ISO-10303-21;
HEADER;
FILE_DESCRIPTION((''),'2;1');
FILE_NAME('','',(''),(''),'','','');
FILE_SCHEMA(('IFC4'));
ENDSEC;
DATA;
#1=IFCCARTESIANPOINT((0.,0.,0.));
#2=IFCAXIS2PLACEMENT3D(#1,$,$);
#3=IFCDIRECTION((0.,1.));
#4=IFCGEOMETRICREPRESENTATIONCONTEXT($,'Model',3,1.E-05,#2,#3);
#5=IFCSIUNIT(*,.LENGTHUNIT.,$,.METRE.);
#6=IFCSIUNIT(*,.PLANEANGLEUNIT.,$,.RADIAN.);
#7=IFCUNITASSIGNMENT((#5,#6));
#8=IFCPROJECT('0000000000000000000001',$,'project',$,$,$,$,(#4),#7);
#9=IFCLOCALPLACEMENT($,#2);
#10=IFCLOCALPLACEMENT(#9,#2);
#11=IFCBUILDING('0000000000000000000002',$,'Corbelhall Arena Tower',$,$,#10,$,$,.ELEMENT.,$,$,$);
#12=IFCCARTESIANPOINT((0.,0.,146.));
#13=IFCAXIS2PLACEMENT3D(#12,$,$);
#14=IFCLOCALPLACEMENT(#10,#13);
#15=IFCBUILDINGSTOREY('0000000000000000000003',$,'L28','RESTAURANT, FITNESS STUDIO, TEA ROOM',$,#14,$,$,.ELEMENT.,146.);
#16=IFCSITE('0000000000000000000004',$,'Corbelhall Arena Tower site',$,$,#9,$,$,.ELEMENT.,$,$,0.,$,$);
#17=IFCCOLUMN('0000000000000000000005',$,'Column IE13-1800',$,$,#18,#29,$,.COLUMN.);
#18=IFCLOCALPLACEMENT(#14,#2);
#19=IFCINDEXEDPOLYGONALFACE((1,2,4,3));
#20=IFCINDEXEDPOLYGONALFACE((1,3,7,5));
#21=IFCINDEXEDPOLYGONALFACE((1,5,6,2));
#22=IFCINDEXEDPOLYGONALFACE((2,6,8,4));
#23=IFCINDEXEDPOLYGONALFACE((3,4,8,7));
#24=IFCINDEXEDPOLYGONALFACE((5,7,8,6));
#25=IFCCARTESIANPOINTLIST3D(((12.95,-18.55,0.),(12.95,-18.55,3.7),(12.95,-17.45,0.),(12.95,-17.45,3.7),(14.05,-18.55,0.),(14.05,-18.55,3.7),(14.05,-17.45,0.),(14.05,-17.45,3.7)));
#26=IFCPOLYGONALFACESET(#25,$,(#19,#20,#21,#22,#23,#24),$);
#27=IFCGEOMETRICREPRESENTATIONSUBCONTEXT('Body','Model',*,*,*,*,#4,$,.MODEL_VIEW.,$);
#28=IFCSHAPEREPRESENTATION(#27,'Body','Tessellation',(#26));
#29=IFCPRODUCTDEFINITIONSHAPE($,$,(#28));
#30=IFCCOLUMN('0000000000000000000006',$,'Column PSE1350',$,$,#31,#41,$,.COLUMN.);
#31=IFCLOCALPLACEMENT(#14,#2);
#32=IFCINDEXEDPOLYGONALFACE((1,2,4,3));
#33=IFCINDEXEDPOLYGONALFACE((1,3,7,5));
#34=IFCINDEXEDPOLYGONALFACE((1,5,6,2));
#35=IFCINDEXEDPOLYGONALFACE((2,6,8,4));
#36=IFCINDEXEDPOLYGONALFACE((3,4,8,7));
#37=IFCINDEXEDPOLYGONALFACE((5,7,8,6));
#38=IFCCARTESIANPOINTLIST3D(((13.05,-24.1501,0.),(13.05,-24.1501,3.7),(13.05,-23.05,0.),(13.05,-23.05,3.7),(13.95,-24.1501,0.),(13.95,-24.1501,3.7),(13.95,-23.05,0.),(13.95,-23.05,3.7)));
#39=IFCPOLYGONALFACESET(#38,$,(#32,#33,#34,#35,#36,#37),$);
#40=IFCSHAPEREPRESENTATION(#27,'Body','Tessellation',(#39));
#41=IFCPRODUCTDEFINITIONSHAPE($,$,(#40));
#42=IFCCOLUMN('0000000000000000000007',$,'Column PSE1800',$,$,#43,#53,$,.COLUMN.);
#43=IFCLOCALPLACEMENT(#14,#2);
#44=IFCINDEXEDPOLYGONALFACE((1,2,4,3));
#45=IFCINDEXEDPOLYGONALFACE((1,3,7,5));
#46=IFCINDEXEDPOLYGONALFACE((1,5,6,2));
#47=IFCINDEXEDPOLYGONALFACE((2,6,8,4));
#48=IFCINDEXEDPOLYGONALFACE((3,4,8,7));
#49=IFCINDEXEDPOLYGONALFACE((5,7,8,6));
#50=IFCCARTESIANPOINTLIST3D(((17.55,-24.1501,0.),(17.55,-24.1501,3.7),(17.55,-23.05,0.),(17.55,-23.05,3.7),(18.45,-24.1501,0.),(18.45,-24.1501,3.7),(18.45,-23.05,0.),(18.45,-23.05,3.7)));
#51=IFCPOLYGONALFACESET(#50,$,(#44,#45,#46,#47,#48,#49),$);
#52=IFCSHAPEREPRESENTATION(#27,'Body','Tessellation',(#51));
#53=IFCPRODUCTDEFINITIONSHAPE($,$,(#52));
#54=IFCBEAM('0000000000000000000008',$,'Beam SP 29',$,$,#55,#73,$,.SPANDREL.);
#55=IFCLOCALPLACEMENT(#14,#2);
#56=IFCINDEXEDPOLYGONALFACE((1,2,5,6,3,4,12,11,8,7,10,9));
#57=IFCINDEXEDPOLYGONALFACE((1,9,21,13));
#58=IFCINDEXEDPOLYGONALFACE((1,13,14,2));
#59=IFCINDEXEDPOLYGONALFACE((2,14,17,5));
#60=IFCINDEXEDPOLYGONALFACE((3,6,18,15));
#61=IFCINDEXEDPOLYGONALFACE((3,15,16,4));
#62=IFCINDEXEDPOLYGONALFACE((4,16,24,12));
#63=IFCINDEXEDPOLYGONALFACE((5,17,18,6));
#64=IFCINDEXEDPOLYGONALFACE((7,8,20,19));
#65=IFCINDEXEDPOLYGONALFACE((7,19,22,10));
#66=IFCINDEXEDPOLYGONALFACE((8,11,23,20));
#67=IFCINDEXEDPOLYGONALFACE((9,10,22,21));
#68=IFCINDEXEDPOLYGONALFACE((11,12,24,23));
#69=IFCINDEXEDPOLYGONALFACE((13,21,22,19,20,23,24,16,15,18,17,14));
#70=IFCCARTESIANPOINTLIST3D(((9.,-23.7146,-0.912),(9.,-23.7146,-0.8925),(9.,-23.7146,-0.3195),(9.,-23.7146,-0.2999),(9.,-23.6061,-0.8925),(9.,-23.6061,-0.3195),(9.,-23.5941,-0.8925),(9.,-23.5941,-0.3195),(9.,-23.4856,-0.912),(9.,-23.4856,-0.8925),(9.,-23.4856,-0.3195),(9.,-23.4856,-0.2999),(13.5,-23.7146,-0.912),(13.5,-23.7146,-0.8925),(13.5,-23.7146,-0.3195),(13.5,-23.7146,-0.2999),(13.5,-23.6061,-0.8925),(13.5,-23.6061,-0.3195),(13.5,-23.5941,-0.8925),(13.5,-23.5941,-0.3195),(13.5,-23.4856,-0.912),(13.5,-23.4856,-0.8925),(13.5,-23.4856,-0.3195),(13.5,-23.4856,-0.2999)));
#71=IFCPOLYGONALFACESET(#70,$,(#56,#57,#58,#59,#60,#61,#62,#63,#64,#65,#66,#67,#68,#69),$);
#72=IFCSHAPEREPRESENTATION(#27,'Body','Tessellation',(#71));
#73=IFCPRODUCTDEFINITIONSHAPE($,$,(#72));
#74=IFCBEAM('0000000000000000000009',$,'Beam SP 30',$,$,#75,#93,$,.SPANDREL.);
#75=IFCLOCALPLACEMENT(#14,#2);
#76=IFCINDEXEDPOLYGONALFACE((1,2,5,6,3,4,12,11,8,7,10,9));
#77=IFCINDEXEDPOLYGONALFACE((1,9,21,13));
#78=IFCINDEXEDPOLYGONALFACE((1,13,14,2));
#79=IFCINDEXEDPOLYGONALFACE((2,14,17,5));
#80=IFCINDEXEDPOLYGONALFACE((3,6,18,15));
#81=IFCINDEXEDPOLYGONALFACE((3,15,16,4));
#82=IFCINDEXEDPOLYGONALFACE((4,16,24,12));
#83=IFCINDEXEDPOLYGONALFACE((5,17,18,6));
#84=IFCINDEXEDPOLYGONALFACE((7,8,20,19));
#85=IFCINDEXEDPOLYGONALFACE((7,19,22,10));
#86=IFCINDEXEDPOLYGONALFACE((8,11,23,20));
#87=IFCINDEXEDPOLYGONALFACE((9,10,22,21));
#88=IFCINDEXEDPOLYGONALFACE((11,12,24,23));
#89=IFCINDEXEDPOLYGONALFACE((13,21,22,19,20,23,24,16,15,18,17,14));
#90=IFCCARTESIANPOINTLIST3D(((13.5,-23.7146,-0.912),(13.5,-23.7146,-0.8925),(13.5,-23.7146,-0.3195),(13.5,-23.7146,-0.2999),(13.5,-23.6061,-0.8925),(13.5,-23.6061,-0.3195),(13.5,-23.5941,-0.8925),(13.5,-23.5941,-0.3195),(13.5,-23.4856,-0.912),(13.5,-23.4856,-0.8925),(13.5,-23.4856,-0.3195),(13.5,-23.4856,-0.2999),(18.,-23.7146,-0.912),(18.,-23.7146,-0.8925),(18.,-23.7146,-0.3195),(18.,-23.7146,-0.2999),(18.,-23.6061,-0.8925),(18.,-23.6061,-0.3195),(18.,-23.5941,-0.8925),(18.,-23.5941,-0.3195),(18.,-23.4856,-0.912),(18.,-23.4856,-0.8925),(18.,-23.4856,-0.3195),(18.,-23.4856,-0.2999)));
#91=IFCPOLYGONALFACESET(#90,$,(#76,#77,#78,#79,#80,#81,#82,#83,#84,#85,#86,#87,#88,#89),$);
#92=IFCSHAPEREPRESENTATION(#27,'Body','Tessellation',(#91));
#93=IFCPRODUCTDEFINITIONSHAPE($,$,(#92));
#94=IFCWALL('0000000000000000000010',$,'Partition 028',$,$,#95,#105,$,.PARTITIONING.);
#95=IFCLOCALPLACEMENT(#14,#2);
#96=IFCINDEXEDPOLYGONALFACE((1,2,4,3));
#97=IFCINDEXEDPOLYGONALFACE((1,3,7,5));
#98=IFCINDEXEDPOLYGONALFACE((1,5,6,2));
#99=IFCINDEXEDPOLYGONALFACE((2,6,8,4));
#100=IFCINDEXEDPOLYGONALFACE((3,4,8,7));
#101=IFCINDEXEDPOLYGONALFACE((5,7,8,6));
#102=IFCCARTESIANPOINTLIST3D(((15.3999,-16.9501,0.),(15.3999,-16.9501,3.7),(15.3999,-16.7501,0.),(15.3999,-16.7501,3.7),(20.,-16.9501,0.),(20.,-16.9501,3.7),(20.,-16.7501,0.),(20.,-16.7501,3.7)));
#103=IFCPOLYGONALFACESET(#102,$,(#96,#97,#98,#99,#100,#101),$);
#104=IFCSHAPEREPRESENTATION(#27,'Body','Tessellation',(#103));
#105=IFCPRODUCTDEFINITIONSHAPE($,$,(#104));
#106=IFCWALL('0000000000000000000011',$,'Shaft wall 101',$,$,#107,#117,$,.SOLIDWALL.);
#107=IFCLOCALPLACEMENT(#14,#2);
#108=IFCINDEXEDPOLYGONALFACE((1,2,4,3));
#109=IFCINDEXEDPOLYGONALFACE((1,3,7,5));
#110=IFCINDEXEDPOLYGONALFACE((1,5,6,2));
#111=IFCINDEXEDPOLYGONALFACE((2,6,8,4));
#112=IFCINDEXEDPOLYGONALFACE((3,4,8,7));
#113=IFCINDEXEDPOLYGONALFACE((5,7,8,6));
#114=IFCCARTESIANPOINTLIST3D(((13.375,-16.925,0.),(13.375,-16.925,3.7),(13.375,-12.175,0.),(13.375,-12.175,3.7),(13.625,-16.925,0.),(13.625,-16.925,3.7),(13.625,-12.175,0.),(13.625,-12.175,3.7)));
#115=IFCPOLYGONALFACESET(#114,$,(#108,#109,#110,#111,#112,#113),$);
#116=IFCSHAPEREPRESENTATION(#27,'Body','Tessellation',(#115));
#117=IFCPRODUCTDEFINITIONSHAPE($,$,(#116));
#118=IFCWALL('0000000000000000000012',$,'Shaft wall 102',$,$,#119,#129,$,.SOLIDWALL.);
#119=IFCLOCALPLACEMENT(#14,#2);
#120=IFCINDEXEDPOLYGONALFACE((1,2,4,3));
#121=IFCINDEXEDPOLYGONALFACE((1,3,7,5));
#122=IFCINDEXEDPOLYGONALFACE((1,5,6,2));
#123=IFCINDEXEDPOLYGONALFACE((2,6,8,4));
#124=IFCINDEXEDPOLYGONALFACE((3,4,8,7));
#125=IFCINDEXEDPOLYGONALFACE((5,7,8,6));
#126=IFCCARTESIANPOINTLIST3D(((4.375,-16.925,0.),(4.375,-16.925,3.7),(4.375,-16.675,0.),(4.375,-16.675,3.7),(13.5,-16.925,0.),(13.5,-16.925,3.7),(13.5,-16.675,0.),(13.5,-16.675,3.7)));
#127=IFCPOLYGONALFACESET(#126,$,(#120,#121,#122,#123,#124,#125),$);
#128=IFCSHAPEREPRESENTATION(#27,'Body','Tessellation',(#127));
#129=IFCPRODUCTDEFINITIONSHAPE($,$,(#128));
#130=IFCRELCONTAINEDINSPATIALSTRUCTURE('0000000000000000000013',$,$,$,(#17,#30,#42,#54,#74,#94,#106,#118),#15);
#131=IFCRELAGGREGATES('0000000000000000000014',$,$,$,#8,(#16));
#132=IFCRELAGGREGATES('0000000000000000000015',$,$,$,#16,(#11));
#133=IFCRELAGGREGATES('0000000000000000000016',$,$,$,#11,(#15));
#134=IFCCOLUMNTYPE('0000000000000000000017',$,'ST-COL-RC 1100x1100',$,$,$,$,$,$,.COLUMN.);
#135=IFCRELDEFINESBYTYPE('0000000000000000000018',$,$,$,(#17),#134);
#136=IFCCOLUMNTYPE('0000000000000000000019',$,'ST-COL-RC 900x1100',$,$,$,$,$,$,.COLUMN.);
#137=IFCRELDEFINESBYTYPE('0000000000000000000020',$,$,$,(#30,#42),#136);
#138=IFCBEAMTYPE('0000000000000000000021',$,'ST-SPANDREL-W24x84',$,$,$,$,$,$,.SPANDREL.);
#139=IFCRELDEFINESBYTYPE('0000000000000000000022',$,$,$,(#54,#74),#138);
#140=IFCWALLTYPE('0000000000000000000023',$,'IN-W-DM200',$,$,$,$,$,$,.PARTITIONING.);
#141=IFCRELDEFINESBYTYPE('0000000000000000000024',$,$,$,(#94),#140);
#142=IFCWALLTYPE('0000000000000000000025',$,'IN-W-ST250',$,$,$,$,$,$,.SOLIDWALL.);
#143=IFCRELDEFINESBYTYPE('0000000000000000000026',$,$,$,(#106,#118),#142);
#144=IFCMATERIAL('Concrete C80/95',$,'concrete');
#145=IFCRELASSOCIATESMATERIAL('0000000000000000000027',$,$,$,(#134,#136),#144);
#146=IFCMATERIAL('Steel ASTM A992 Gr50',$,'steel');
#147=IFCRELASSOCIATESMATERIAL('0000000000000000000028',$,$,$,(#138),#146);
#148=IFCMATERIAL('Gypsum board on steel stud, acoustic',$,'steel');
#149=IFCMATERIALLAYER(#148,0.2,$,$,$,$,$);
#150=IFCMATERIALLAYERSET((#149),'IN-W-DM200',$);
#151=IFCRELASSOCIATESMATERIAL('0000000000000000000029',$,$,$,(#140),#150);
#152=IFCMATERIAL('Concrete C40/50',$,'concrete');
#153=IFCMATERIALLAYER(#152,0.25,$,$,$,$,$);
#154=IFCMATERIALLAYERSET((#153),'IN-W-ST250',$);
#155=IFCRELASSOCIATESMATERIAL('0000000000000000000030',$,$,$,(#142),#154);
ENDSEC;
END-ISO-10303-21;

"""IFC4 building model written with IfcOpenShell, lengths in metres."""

from ifc_helpers import new_model, si_unit, direction, frame, frame_2d, origin, origin_2d, place, context, subcontext, project, spatial, rectangle, i_section, extrude, material, layer, layer_set, material_profile, profile_set, type_object, element, save


model = new_model("IFC4")

# Units and contexts
model_context = context("Model", 3, precision=1e-05, world=origin(), true_north=direction((0.0, 1.0)))
body_context = subcontext(model_context, "Body", "Model", "MODEL_VIEW")
ifc_project = project(units=[si_unit("LENGTHUNIT", "METRE"), si_unit("PLANEANGLEUNIT", "RADIAN")], contexts=[model_context])

# Site, building, storey
site_placement = place(None, origin())
site = spatial("IfcSite", under=ifc_project, at=site_placement, Name="Corbelhall Arena Tower site", CompositionType="ELEMENT", RefElevation=0.0)
building_placement = place(site_placement, origin())
building = spatial("IfcBuilding", under=site, at=building_placement, Name="Corbelhall Arena Tower", CompositionType="ELEMENT")
storey_placement = place(building_placement, frame((0.0, 0.0, 146.0)))
storey = spatial("IfcBuildingStorey", under=building, at=storey_placement, Name="L28", Description="RESTAURANT, FITNESS STUDIO, TEA ROOM", CompositionType="ELEMENT", Elevation=146.0)

# Columns
ifc_material_1 = material(Name="Concrete C80/95", Category="concrete")
ifc_material_profile_1 = material_profile(ifc_material_1, rectangle(XDim=1.1001, YDim=1.1001, at=origin_2d()))
ifc_profile_set_1 = profile_set([ifc_material_profile_1], Name="Concrete C80/95")
column_type_1 = type_object("IfcColumnType", Name="ST-COL-RC 1100x1100", PredefinedType="COLUMN", material=ifc_profile_set_1)
column_placement = place(storey_placement, frame((13.5, -18.0, 0.0), z_axis=(0.0, 0.0, 1.0), x_axis=(1.0, 0.0, 0.0)))
element("IfcColumn", 1, at=column_placement, inside=storey, type_object=column_type_1, Name="Column IE13-1800", PredefinedType="COLUMN", context=body_context, shape_type="SweptSolid", body=[
    extrude(rectangle(XDim=1.1001, YDim=1.1001, at=origin_2d()), origin(), (0.0, 0.0, 1.0), 3.7),
])
ifc_material_profile_2 = material_profile(ifc_material_1, rectangle(XDim=0.8999, YDim=1.1001, at=origin_2d()))
ifc_profile_set_2 = profile_set([ifc_material_profile_2], Name="Concrete C80/95")
column_type_2 = type_object("IfcColumnType", Name="ST-COL-RC 900x1100", PredefinedType="COLUMN", material=ifc_profile_set_2)
for number, where, z_axis, x_axis, name in (
    (2, (13.5, -23.6001, 0.0), (0.0, 0.0, 1.0), (1.0, 0.0, 0.0), "Column PSE1350"),
    (3, (18.0, -23.6001, 0.0), (0.0, 0.0, 1.0), (1.0, 0.0, 0.0), "Column PSE1800"),
):
    element("IfcColumn", number, at=place(storey_placement, frame(where, z_axis=z_axis, x_axis=x_axis)), inside=storey, type_object=column_type_2, Name=name, PredefinedType="COLUMN", context=body_context, shape_type="SweptSolid", body=[
        extrude(rectangle(XDim=0.8999, YDim=1.1001, at=origin_2d()), origin(), (0.0, 0.0, 1.0), 3.7),
    ])

# Beams
ifc_material_2 = material(Name="Steel ASTM A992 Gr50", Category="steel")
ifc_material_profile_3 = material_profile(ifc_material_2, i_section(OverallWidth=0.229, OverallDepth=0.6121, WebThickness=0.012, FlangeThickness=0.0195, at=origin_2d()))
ifc_profile_set_3 = profile_set([ifc_material_profile_3], Name="Steel ASTM A992 Gr50")
beam_type = type_object("IfcBeamType", Name="ST-SPANDREL-W24x84", PredefinedType="SPANDREL", material=ifc_profile_set_3)
for number, where, z_axis, x_axis, name in (
    (4, (13.5, -23.6001, -0.606), (-1.0, 0.0, 0.0), (0.0, -1.0, 0.0), "Beam SP 29"),
    (5, (18.0, -23.6001, -0.606), (-1.0, 0.0, 0.0), (0.0, -1.0, 0.0), "Beam SP 30"),
):
    element("IfcBeam", number, at=place(storey_placement, frame(where, z_axis=z_axis, x_axis=x_axis)), inside=storey, type_object=beam_type, Name=name, PredefinedType="SPANDREL", context=body_context, shape_type="SweptSolid", body=[
        extrude(i_section(OverallWidth=0.229, OverallDepth=0.6121, WebThickness=0.012, FlangeThickness=0.0195, at=origin_2d()), origin(), (0.0, 0.0, 1.0), 4.5),
    ])

# Shared definitions
ifc_material_3 = material(Name="Gypsum board on steel stud, acoustic", Category="steel")
ifc_layer_1 = layer(ifc_material_3, 0.2)
ifc_layer_set_1 = layer_set([ifc_layer_1], Name="IN-W-DM200")
wall_type_1 = type_object("IfcWallType", Name="IN-W-DM200", PredefinedType="PARTITIONING", material=ifc_layer_set_1)

# Walls
wall_1_placement = place(storey_placement, frame((15.3999, -16.8501, 0.0), z_axis=(0.0, 0.0, 1.0), x_axis=(1.0, 0.0, 0.0)))
element("IfcWall", 6, at=wall_1_placement, inside=storey, type_object=wall_type_1, Name="Partition 028", PredefinedType="PARTITIONING", context=body_context, shape_type="SweptSolid", body=[
    extrude(rectangle(XDim=4.6001, YDim=0.2, at=frame_2d((2.3, 0.0))), origin(), (0.0, 0.0, 1.0), 3.7),
])
ifc_material_4 = material(Name="Concrete C40/50", Category="concrete")
ifc_layer_2 = layer(ifc_material_4, 0.25)
ifc_layer_set_2 = layer_set([ifc_layer_2], Name="IN-W-ST250")
wall_type_2 = type_object("IfcWallType", Name="IN-W-ST250", PredefinedType="SOLIDWALL", material=ifc_layer_set_2)
wall_2_placement = place(storey_placement, frame((13.5, -16.925, 0.0), z_axis=(0.0, 0.0, 1.0), x_axis=(0.0, 1.0, 0.0)))
element("IfcWall", 7, at=wall_2_placement, inside=storey, type_object=wall_type_2, Name="Shaft wall 101", PredefinedType="SOLIDWALL", context=body_context, shape_type="SweptSolid", body=[
    extrude(rectangle(XDim=4.75, YDim=0.25, at=frame_2d((2.375, 0.0))), origin(), (0.0, 0.0, 1.0), 3.7),
])
wall_3_placement = place(storey_placement, frame((13.5, -16.8, 0.0), z_axis=(0.0, 0.0, 1.0), x_axis=(-1.0, 0.0, 0.0)))
element("IfcWall", 8, at=wall_3_placement, inside=storey, type_object=wall_type_2, Name="Shaft wall 102", PredefinedType="SOLIDWALL", context=body_context, shape_type="SweptSolid", body=[
    extrude(rectangle(XDim=9.125, YDim=0.25, at=frame_2d((4.5625, 0.0))), origin(), (0.0, 0.0, 1.0), 3.7),
])

save(model, "model.ifc")
